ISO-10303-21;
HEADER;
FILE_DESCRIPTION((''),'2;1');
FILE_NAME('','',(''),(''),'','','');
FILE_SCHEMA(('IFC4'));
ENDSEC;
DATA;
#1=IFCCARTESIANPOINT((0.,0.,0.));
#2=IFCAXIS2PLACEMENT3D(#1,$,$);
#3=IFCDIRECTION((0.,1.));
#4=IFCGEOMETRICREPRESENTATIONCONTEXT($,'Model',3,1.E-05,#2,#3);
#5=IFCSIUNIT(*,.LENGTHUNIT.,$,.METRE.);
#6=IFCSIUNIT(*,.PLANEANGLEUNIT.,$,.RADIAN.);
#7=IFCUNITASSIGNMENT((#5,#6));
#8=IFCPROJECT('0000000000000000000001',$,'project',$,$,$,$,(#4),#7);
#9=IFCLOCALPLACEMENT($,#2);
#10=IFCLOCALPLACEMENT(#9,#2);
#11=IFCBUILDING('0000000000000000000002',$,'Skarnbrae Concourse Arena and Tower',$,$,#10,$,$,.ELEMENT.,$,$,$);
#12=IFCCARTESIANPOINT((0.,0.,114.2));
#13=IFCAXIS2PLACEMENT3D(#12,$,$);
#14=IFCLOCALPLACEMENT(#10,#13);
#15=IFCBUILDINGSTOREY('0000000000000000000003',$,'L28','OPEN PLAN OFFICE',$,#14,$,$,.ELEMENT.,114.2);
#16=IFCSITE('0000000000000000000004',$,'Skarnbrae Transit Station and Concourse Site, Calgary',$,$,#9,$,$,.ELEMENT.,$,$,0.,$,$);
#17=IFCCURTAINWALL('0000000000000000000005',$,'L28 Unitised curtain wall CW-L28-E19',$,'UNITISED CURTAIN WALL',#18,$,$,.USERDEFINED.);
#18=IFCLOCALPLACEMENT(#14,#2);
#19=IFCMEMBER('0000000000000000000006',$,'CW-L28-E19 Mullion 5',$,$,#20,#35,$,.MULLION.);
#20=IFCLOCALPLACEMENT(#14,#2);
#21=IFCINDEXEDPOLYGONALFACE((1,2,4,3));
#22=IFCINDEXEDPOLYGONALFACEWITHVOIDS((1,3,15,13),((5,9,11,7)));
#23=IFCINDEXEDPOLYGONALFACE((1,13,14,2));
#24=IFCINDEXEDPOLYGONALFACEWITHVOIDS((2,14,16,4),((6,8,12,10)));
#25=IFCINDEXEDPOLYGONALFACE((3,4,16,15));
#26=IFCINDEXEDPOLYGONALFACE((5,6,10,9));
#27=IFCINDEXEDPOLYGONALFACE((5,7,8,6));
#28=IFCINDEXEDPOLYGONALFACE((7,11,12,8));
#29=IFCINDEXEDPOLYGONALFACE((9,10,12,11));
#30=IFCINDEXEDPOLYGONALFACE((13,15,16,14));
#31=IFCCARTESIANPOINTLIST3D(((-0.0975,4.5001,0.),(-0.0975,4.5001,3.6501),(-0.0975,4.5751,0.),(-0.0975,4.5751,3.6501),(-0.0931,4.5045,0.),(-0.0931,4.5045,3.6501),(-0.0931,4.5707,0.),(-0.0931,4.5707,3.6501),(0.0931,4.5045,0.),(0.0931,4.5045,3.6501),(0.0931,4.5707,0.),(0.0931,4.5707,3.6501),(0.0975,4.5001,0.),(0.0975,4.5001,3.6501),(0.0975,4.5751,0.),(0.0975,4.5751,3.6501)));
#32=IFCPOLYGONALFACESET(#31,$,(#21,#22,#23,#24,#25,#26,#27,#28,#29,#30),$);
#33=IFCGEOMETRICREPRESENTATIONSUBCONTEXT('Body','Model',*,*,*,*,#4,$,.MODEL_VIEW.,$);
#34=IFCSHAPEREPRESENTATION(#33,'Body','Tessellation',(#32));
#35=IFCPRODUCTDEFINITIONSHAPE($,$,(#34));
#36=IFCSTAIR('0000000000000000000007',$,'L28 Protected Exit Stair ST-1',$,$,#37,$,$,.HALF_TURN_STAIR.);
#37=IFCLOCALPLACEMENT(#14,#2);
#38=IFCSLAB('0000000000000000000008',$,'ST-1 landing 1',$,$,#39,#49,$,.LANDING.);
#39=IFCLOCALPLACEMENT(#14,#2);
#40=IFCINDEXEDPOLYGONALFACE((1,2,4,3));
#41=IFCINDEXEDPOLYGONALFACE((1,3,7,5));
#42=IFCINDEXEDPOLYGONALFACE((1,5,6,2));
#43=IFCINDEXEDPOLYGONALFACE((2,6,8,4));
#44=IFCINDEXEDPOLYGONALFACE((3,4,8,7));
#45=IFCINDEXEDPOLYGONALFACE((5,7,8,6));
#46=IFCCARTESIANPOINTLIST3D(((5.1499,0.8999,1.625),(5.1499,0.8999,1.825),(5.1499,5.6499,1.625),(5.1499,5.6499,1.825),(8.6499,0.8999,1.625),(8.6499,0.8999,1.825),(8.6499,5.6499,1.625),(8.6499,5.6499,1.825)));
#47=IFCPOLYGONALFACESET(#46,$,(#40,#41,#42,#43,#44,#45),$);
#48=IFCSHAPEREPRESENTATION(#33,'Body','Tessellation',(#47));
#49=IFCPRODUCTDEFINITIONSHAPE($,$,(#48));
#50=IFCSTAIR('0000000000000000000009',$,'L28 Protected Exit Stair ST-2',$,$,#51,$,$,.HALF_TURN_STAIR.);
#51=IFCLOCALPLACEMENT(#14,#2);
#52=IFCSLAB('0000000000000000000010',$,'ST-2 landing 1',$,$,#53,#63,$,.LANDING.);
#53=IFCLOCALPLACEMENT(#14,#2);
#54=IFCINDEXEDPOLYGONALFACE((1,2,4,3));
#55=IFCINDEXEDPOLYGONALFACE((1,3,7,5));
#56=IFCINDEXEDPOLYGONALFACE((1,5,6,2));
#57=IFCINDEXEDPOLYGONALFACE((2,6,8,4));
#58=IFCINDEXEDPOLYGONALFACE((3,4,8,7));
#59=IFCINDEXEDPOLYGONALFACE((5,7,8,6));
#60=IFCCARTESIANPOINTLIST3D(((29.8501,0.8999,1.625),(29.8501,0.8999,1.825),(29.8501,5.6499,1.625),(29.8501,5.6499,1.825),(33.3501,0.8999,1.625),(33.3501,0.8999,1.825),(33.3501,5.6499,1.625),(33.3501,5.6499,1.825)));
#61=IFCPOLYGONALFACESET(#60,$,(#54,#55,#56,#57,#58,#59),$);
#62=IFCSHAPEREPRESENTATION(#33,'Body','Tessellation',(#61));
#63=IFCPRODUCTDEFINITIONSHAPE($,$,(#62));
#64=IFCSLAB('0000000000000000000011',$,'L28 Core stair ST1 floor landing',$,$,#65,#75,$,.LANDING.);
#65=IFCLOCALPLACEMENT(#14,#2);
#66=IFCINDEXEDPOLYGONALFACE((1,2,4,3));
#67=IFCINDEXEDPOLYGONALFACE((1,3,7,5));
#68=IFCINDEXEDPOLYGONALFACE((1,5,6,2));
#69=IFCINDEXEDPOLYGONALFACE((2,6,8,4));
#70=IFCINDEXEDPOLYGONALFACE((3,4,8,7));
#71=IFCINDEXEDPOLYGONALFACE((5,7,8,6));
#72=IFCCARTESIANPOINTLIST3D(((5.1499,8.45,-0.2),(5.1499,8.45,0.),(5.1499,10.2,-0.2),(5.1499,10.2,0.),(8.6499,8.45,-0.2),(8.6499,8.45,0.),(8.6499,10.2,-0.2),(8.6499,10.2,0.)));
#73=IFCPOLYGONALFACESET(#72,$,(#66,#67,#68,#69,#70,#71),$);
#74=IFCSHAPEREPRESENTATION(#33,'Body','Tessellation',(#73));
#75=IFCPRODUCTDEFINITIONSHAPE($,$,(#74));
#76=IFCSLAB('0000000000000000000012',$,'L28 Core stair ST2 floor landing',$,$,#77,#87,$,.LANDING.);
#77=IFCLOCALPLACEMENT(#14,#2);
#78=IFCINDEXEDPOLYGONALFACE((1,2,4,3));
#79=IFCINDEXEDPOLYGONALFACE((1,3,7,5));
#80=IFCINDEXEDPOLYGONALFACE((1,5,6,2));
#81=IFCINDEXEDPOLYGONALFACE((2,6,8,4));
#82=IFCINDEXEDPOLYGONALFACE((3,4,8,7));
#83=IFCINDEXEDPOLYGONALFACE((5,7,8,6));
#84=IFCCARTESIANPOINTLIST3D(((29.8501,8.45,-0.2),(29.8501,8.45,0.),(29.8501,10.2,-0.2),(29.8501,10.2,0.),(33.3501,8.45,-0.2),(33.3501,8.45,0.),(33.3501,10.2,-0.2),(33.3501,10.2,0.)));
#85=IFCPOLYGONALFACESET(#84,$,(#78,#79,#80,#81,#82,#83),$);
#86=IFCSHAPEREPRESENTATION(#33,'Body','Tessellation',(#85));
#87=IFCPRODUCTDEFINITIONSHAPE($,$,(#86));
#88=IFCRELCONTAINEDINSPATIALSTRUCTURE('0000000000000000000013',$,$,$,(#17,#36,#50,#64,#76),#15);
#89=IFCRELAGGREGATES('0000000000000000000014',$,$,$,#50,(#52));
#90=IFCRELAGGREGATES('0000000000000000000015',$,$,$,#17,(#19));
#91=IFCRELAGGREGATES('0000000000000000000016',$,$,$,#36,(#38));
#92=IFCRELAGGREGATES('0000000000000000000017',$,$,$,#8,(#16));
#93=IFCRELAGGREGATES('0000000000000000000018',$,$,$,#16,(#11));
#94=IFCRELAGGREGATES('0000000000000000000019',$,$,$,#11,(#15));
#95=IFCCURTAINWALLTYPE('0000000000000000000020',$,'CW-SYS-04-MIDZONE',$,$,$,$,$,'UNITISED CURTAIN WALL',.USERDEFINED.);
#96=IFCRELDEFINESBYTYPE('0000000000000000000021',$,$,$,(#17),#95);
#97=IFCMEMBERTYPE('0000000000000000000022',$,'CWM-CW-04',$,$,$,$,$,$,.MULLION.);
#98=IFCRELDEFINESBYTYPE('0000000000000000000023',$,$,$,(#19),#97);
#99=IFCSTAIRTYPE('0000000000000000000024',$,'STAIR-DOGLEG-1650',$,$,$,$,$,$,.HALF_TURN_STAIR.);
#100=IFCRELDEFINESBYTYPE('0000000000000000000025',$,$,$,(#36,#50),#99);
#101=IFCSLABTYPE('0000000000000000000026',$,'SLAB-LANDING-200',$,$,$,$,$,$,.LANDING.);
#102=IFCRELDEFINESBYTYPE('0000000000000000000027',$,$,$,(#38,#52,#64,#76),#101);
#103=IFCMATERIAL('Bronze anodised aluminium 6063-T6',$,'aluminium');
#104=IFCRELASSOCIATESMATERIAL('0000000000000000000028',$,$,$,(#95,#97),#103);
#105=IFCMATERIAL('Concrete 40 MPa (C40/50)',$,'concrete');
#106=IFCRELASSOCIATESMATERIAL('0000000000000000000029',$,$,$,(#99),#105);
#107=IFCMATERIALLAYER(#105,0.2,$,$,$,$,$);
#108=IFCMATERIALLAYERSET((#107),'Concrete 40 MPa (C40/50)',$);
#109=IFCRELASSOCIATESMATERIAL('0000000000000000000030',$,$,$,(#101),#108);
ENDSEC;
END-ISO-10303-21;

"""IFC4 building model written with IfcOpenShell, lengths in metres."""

from ifc_helpers import new_model, si_unit, direction, frame, origin, origin_2d, place, context, subcontext, project, spatial, polyline, hollow_rectangle, outline, extrude, source, transform, mapped, material, layer, layer_set, material_profile, profile_set, type_object, element, aggregate, save


model = new_model("IFC4")

# Units and contexts
model_context = context("Model", 3, precision=1e-05, world=origin(), true_north=direction((0.0, 1.0)))
body_context = subcontext(model_context, "Body", "Model", "MODEL_VIEW")
ifc_project = project(units=[si_unit("LENGTHUNIT", "METRE"), si_unit("PLANEANGLEUNIT", "RADIAN")], contexts=[model_context])

# Site, building, storey
site_placement = place(None, origin())
site = spatial("IfcSite", under=ifc_project, at=site_placement, Name="Skarnbrae Transit Station and Concourse Site, Calgary", CompositionType="ELEMENT", RefElevation=0.0)
building_placement = place(site_placement, origin())
building = spatial("IfcBuilding", under=site, at=building_placement, Name="Skarnbrae Concourse Arena and Tower", CompositionType="ELEMENT")
storey_placement = place(building_placement, frame((0.0, 0.0, 114.2)))
storey = spatial("IfcBuildingStorey", under=building, at=storey_placement, Name="L28", Description="OPEN PLAN OFFICE", CompositionType="ELEMENT", Elevation=114.2)

# Curtain wall, member
ifc_material_1 = material(Name="Bronze anodised aluminium 6063-T6", Category="aluminium")
curtain_wall_type = type_object("IfcCurtainWallType", Name="CW-SYS-04-MIDZONE", ElementType="UNITISED CURTAIN WALL", PredefinedType="USERDEFINED", material=ifc_material_1)
curtain_wall_placement = place(storey_placement, origin())
curtain_wall = element("IfcCurtainWall", 1, at=curtain_wall_placement, inside=storey, type_object=curtain_wall_type, Name="L28 Unitised curtain wall CW-L28-E19", ObjectType="UNITISED CURTAIN WALL", PredefinedType="USERDEFINED")
ifc_material_profile = material_profile(ifc_material_1, hollow_rectangle(XDim=0.075, YDim=0.1951, WallThickness=0.0044, at=origin_2d()), Name="ALU-MULL-75X195")
ifc_profile_set = profile_set([ifc_material_profile], Name="Bronze anodised aluminium 6063-T6")
member_type = type_object("IfcMemberType", Name="CWM-CW-04", PredefinedType="MULLION", material=ifc_profile_set)
shared_shape_1 = source(origin(), body_context, "Body", "SweptSolid", [
    extrude(hollow_rectangle(XDim=0.075, YDim=0.1951, WallThickness=0.0044, at=origin_2d()), origin(), (0.0, 0.0, 1.0), 3.6501),
])
member_placement = place(storey_placement, frame((0.0, 4.5376, 0.0), z_axis=(0.0, 0.0, 1.0), x_axis=(0.0, -1.0, 0.0)))
member = element("IfcMember", 2, at=member_placement, type_object=member_type, Name="CW-L28-E19 Mullion 5", PredefinedType="MULLION", context=body_context, shape_type="MappedRepresentation", body=[
    mapped(shared_shape_1, transform((0.0, 0.0, 0.0))),
])

# Stairs, slabs
ifc_material_2 = material(Name="Concrete 40 MPa (C40/50)", Category="concrete")
stair_type = type_object("IfcStairType", Name="STAIR-DOGLEG-1650", PredefinedType="HALF_TURN_STAIR", material=ifc_material_2)
stair_1_placement = place(storey_placement, origin())
stair_1 = element("IfcStair", 3, at=stair_1_placement, inside=storey, type_object=stair_type, Name="L28 Protected Exit Stair ST-1", PredefinedType="HALF_TURN_STAIR")
ifc_layer_1 = layer(ifc_material_2, 0.2)
ifc_layer_set_1 = layer_set([ifc_layer_1], Name="Concrete 40 MPa (C40/50)")
slab_type_1 = type_object("IfcSlabType", Name="SLAB-LANDING-200", PredefinedType="LANDING", material=ifc_layer_set_1)
slab_1_placement = place(storey_placement, frame((0.0, 0.0, 1.625)))
slab_1 = element("IfcSlab", 4, at=slab_1_placement, type_object=slab_type_1, Name="ST-1 landing 1", PredefinedType="LANDING", context=body_context, shape_type="SweptSolid", body=[
    extrude(outline(polyline([(5.1499, 5.6499), (5.1499, 0.8999), (8.6499, 0.8999), (8.6499, 5.6499), (5.1499, 5.6499)])), origin(), (0.0, 0.0, 1.0), 0.2),
])
stair_2_placement = place(storey_placement, origin())
stair_2 = element("IfcStair", 5, at=stair_2_placement, inside=storey, type_object=stair_type, Name="L28 Protected Exit Stair ST-2", PredefinedType="HALF_TURN_STAIR")
slab_2_placement = place(storey_placement, frame((0.0, 0.0, 1.625)))
slab_2 = element("IfcSlab", 6, at=slab_2_placement, type_object=slab_type_1, Name="ST-2 landing 1", PredefinedType="LANDING", context=body_context, shape_type="SweptSolid", body=[
    extrude(outline(polyline([(29.8501, 5.6499), (29.8501, 0.8999), (33.3501, 0.8999), (33.3501, 5.6499), (29.8501, 5.6499)])), origin(), (0.0, 0.0, 1.0), 0.2),
])
aggregate(stair_2, [slab_2])

# Slabs
slab_3_placement = place(storey_placement, frame((0.0, 0.0, -0.2)))
element("IfcSlab", 7, at=slab_3_placement, inside=storey, type_object=slab_type_1, Name="L28 Core stair ST1 floor landing", PredefinedType="LANDING", context=body_context, shape_type="SweptSolid", body=[
    extrude(outline(polyline([(5.1499, 10.2), (5.1499, 8.45), (8.6499, 8.45), (8.6499, 10.2), (5.1499, 10.2)])), origin(), (0.0, 0.0, 1.0), 0.2),
])
slab_4_placement = place(storey_placement, frame((0.0, 0.0, -0.2)))
element("IfcSlab", 8, at=slab_4_placement, inside=storey, type_object=slab_type_1, Name="L28 Core stair ST2 floor landing", PredefinedType="LANDING", context=body_context, shape_type="SweptSolid", body=[
    extrude(outline(polyline([(29.8501, 10.2), (29.8501, 8.45), (33.3501, 8.45), (33.3501, 10.2), (29.8501, 10.2)])), origin(), (0.0, 0.0, 1.0), 0.2),
])

aggregate(curtain_wall, [member])

aggregate(stair_1, [slab_1])

save(model, "model.ifc")
